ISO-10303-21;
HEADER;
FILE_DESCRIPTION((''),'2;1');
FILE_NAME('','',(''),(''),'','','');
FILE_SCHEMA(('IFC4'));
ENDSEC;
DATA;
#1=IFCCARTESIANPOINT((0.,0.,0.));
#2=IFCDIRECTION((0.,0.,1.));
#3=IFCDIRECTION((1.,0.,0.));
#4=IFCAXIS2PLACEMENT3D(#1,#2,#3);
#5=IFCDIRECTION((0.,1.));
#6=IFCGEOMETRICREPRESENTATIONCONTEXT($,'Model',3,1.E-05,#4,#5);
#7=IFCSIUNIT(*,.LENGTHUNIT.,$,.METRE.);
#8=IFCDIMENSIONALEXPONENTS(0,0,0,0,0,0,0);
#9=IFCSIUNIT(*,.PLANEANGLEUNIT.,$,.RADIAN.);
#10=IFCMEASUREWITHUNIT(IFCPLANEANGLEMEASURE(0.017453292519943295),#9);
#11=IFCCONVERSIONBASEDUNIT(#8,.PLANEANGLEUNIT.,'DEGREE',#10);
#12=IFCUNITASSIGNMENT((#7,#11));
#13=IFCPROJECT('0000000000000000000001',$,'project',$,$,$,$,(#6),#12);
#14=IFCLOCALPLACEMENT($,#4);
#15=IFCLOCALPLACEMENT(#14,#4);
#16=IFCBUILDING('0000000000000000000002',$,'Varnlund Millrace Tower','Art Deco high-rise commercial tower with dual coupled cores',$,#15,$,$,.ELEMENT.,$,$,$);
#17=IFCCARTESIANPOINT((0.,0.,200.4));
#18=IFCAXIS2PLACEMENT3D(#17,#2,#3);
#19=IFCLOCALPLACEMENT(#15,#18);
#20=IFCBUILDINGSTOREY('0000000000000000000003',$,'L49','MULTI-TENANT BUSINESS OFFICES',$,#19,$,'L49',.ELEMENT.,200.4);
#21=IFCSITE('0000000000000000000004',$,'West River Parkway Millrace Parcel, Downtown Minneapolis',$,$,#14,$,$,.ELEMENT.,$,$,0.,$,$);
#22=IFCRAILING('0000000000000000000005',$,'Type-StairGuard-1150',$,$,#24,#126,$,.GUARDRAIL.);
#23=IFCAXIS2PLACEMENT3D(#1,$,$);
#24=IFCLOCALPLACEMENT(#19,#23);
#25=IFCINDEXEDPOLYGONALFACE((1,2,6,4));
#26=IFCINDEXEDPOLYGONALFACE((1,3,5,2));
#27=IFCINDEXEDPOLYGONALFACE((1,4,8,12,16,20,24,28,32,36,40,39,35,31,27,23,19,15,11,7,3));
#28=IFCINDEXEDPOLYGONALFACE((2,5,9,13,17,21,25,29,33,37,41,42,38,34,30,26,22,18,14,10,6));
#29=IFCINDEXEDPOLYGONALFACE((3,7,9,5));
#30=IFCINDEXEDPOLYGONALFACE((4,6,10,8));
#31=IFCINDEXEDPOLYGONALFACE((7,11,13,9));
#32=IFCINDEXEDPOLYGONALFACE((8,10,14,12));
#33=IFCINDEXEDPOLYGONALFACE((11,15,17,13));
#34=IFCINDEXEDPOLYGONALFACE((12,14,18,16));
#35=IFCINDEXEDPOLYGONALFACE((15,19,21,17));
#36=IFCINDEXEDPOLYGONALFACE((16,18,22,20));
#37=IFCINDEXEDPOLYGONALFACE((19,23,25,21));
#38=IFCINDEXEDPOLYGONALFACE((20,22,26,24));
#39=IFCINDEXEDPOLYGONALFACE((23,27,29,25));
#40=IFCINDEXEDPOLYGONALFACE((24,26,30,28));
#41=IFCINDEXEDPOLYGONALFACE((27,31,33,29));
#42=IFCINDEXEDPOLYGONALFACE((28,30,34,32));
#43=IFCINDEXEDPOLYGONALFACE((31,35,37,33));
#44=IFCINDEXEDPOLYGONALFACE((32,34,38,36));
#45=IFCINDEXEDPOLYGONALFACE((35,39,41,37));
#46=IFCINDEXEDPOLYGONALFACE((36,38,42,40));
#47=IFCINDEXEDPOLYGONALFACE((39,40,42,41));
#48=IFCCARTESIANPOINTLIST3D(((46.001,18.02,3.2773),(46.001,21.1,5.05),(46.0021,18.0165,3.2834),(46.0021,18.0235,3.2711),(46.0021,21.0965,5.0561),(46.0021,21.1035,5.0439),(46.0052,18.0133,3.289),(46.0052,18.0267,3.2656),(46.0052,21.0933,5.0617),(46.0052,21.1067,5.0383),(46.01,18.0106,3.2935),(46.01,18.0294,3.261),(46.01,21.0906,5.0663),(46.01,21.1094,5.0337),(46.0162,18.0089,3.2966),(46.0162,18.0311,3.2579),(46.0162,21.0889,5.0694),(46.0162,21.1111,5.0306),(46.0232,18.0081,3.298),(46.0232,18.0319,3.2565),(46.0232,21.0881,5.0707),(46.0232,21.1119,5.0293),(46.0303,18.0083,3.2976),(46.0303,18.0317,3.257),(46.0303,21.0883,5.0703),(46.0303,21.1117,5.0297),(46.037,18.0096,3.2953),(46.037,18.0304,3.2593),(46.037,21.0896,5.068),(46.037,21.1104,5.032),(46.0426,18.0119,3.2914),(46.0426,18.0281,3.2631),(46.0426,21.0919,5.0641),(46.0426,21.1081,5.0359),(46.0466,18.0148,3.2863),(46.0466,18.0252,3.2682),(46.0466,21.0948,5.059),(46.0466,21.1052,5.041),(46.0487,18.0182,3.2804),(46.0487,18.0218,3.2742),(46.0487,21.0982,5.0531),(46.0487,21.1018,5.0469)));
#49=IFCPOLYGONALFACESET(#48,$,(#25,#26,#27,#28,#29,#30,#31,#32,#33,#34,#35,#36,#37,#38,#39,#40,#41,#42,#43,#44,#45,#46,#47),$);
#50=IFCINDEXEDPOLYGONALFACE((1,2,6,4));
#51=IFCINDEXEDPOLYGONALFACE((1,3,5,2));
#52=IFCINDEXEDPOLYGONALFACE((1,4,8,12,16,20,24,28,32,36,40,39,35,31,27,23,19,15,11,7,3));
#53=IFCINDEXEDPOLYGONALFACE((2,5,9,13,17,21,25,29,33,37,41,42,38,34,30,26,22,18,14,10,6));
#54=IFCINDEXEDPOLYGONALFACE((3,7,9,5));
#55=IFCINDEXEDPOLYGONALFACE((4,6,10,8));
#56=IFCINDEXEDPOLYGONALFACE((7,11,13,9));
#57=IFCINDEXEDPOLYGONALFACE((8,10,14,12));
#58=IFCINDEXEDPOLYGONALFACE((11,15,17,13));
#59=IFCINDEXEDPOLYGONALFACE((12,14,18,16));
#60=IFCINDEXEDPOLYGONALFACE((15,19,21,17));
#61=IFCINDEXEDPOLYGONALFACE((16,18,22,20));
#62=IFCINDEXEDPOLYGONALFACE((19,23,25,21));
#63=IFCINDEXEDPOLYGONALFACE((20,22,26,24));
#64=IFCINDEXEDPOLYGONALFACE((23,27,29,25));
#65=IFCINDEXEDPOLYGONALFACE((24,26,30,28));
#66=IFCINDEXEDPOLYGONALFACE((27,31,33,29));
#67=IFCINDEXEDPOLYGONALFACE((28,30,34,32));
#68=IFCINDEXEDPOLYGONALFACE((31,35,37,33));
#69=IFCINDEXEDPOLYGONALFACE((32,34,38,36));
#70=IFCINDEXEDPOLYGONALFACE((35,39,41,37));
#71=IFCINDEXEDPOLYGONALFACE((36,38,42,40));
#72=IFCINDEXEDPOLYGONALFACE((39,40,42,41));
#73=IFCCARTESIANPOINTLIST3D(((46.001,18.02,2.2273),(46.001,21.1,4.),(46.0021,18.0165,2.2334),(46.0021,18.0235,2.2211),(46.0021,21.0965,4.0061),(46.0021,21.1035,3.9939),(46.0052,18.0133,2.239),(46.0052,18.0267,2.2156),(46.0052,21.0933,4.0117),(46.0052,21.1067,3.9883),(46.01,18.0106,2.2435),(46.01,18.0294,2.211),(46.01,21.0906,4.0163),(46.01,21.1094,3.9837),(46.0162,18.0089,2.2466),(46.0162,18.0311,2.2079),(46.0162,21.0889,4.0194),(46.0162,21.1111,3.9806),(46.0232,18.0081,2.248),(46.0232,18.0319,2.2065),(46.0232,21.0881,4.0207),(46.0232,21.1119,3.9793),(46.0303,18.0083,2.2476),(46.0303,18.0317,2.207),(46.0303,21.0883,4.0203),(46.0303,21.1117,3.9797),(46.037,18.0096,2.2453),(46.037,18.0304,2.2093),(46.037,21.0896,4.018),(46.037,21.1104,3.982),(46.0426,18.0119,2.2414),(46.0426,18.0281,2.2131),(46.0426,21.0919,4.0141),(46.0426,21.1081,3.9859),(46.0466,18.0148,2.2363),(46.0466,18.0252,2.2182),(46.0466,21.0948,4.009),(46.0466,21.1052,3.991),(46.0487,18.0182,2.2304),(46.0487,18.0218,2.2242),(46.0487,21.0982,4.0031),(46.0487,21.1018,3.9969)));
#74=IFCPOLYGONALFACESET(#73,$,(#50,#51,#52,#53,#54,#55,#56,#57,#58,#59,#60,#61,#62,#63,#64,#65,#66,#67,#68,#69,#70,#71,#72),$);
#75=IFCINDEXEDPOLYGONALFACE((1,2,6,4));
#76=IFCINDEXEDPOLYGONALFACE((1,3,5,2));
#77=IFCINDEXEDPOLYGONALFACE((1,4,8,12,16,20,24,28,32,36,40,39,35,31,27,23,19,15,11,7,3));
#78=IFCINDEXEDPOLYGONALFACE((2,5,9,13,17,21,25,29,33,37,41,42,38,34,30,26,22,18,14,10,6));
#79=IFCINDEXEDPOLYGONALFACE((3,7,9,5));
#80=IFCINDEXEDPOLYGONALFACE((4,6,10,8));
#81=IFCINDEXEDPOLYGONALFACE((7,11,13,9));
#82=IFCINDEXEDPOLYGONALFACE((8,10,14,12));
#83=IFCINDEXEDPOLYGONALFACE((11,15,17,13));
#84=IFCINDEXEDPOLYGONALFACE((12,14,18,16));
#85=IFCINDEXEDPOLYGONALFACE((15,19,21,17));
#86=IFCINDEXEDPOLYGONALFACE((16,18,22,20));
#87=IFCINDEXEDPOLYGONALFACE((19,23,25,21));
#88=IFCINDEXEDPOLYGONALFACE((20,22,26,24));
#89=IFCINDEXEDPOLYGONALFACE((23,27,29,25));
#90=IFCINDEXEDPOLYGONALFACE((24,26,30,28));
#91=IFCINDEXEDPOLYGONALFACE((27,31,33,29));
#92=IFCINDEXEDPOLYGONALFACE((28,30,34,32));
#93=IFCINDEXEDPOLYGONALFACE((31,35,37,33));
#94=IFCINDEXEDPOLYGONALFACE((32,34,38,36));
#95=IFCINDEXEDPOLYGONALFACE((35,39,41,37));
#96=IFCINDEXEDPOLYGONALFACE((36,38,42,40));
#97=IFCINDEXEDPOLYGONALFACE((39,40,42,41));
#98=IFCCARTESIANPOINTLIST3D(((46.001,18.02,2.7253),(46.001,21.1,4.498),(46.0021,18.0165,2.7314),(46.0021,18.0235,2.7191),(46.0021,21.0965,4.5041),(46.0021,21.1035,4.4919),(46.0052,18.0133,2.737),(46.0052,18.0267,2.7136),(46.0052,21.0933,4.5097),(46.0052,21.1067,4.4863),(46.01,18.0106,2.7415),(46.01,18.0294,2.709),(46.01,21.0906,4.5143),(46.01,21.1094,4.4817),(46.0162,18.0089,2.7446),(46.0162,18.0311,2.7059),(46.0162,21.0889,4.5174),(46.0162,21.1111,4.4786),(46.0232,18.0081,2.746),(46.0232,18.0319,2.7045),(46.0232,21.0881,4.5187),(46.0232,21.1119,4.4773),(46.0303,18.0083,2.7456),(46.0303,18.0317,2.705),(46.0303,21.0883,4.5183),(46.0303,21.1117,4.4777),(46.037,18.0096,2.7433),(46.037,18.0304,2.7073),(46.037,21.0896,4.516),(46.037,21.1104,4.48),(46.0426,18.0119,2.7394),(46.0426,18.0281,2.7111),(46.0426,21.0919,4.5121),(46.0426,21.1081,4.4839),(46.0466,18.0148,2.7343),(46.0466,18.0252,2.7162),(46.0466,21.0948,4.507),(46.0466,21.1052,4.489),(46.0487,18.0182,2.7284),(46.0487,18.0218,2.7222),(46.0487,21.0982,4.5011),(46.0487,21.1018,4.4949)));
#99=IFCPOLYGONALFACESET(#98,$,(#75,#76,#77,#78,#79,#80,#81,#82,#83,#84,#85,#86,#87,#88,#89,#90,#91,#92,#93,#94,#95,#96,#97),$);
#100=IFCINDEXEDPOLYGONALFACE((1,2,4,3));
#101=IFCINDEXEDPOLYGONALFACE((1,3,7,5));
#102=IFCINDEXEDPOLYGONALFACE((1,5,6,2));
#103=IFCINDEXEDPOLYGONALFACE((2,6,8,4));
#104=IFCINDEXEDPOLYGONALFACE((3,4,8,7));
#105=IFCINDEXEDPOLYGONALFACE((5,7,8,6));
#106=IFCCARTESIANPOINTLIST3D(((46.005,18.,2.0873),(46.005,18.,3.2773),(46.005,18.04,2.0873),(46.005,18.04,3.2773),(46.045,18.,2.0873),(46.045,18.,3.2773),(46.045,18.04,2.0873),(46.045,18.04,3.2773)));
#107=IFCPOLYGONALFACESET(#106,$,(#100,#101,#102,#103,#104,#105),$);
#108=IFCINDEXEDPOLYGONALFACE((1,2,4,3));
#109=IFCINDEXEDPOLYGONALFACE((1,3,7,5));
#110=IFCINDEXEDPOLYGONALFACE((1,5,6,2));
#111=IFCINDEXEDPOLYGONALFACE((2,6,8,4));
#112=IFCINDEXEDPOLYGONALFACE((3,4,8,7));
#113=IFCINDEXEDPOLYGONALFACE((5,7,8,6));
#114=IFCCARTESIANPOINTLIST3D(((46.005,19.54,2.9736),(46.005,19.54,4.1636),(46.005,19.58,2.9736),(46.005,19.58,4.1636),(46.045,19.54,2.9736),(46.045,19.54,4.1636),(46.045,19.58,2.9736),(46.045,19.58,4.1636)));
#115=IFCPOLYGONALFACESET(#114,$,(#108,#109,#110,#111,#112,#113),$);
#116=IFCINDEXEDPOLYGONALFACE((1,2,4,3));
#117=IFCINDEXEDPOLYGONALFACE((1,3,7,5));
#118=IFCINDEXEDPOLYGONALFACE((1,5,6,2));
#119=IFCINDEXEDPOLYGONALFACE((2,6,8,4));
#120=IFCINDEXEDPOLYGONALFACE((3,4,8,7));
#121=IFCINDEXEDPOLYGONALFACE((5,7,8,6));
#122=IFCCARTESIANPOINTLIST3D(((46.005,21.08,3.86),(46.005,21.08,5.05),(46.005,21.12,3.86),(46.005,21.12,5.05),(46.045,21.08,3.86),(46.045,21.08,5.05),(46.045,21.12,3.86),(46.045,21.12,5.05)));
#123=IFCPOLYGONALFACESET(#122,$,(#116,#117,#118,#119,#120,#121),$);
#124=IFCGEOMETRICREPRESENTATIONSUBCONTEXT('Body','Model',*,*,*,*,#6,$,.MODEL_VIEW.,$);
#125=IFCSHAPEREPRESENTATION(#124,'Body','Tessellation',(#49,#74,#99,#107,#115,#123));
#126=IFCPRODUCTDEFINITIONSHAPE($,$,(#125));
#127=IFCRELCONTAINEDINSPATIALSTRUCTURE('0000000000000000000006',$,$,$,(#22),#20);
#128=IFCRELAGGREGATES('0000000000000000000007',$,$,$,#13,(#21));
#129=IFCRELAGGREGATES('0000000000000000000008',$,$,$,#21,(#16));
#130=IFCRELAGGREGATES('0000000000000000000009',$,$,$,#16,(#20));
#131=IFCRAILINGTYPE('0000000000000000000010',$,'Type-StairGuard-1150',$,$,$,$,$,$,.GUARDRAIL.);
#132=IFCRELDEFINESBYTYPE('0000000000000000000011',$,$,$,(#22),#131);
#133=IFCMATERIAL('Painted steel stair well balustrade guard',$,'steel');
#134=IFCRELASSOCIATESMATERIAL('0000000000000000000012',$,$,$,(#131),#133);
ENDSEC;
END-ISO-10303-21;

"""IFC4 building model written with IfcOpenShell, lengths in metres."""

from ifc_helpers import new_model, entity, si_unit, converted_unit, direction, frame, origin_with_axes, origin_2d_with_axis, place, context, subcontext, project, spatial, rectangle, circle, extrude, material, type_object, element, save


model = new_model("IFC4")

# Units and contexts
model_context = context("Model", 3, precision=1e-05, world=origin_with_axes(), true_north=direction((0.0, 1.0)))
body_context = subcontext(model_context, "Body", "Model", "MODEL_VIEW")
ifc_project = project(units=[si_unit("LENGTHUNIT", "METRE"), converted_unit("PLANEANGLEUNIT", "DEGREE", entity("IfcPlaneAngleMeasure", 0.017453292519943295), si_unit("PLANEANGLEUNIT", "RADIAN"), dimensions=[0, 0, 0, 0, 0, 0, 0])], contexts=[model_context])

# Site, building, storey
site_placement = place(None, origin_with_axes())
site = spatial("IfcSite", under=ifc_project, at=site_placement, Name="West River Parkway Millrace Parcel, Downtown Minneapolis", CompositionType="ELEMENT", RefElevation=0.0)
building_placement = place(site_placement, origin_with_axes())
building = spatial("IfcBuilding", under=site, at=building_placement, Name="Varnlund Millrace Tower", Description="Art Deco high-rise commercial tower with dual coupled cores", CompositionType="ELEMENT")
storey_placement = place(building_placement, frame((0.0, 0.0, 200.4), z_axis=(0.0, 0.0, 1.0), x_axis=(1.0, 0.0, 0.0)))
storey = spatial("IfcBuildingStorey", under=building, at=storey_placement, Name="L49", Description="MULTI-TENANT BUSINESS OFFICES", LongName="L49", CompositionType="ELEMENT", Elevation=200.4)

# Railing
ifc_material_1 = material(Name="Painted steel stair well balustrade guard", Category="steel")
railing_type_1 = type_object("IfcRailingType", Name="Type-StairGuard-1150", PredefinedType="GUARDRAIL", material=ifc_material_1)
railing_1_placement = place(storey_placement, frame((0.0, 0.0, -200.4), z_axis=(0.0, 0.0, 1.0), x_axis=(1.0, 0.0, 0.0)))
element("IfcRailing", 1, at=railing_1_placement, inside=storey, type_object=railing_type_1, Name="Type-StairGuard-1150", PredefinedType="GUARDRAIL", context=body_context, shape_type="SweptSolid", body=[
    extrude(circle(Radius=0.024, at=origin_2d_with_axis()), frame((46.025, 18.02, 203.6773), z_axis=(0.0, 0.866696, 0.498836), x_axis=(-1.0, 0.0, 0.0)), (0.0, 0.0, 1.0), 3.5537),
    extrude(circle(Radius=0.024, at=origin_2d_with_axis()), frame((46.025, 18.02, 202.6273), z_axis=(0.0, 0.866696, 0.498836), x_axis=(-1.0, 0.0, 0.0)), (0.0, 0.0, 1.0), 3.5537),
    extrude(circle(Radius=0.024, at=origin_2d_with_axis()), frame((46.025, 18.02, 203.1253), z_axis=(0.0, 0.866696, 0.498836), x_axis=(-1.0, 0.0, 0.0)), (0.0, 0.0, 1.0), 3.5537),
    extrude(rectangle(XDim=0.04, YDim=0.04, at=origin_2d_with_axis()), frame((46.025, 18.02, 202.4873), z_axis=(0.0, 0.0, 1.0), x_axis=(1.0, 0.0, 0.0)), (0.0, 0.0, 1.0), 1.19),
    extrude(rectangle(XDim=0.04, YDim=0.04, at=origin_2d_with_axis()), frame((46.025, 19.56, 203.3736), z_axis=(0.0, 0.0, 1.0), x_axis=(1.0, 0.0, 0.0)), (0.0, 0.0, 1.0), 1.19),
    extrude(rectangle(XDim=0.04, YDim=0.04, at=origin_2d_with_axis()), frame((46.025, 21.1, 204.26), z_axis=(0.0, 0.0, 1.0), x_axis=(1.0, 0.0, 0.0)), (0.0, 0.0, 1.0), 1.19),
])

save(model, "model.ifc")
